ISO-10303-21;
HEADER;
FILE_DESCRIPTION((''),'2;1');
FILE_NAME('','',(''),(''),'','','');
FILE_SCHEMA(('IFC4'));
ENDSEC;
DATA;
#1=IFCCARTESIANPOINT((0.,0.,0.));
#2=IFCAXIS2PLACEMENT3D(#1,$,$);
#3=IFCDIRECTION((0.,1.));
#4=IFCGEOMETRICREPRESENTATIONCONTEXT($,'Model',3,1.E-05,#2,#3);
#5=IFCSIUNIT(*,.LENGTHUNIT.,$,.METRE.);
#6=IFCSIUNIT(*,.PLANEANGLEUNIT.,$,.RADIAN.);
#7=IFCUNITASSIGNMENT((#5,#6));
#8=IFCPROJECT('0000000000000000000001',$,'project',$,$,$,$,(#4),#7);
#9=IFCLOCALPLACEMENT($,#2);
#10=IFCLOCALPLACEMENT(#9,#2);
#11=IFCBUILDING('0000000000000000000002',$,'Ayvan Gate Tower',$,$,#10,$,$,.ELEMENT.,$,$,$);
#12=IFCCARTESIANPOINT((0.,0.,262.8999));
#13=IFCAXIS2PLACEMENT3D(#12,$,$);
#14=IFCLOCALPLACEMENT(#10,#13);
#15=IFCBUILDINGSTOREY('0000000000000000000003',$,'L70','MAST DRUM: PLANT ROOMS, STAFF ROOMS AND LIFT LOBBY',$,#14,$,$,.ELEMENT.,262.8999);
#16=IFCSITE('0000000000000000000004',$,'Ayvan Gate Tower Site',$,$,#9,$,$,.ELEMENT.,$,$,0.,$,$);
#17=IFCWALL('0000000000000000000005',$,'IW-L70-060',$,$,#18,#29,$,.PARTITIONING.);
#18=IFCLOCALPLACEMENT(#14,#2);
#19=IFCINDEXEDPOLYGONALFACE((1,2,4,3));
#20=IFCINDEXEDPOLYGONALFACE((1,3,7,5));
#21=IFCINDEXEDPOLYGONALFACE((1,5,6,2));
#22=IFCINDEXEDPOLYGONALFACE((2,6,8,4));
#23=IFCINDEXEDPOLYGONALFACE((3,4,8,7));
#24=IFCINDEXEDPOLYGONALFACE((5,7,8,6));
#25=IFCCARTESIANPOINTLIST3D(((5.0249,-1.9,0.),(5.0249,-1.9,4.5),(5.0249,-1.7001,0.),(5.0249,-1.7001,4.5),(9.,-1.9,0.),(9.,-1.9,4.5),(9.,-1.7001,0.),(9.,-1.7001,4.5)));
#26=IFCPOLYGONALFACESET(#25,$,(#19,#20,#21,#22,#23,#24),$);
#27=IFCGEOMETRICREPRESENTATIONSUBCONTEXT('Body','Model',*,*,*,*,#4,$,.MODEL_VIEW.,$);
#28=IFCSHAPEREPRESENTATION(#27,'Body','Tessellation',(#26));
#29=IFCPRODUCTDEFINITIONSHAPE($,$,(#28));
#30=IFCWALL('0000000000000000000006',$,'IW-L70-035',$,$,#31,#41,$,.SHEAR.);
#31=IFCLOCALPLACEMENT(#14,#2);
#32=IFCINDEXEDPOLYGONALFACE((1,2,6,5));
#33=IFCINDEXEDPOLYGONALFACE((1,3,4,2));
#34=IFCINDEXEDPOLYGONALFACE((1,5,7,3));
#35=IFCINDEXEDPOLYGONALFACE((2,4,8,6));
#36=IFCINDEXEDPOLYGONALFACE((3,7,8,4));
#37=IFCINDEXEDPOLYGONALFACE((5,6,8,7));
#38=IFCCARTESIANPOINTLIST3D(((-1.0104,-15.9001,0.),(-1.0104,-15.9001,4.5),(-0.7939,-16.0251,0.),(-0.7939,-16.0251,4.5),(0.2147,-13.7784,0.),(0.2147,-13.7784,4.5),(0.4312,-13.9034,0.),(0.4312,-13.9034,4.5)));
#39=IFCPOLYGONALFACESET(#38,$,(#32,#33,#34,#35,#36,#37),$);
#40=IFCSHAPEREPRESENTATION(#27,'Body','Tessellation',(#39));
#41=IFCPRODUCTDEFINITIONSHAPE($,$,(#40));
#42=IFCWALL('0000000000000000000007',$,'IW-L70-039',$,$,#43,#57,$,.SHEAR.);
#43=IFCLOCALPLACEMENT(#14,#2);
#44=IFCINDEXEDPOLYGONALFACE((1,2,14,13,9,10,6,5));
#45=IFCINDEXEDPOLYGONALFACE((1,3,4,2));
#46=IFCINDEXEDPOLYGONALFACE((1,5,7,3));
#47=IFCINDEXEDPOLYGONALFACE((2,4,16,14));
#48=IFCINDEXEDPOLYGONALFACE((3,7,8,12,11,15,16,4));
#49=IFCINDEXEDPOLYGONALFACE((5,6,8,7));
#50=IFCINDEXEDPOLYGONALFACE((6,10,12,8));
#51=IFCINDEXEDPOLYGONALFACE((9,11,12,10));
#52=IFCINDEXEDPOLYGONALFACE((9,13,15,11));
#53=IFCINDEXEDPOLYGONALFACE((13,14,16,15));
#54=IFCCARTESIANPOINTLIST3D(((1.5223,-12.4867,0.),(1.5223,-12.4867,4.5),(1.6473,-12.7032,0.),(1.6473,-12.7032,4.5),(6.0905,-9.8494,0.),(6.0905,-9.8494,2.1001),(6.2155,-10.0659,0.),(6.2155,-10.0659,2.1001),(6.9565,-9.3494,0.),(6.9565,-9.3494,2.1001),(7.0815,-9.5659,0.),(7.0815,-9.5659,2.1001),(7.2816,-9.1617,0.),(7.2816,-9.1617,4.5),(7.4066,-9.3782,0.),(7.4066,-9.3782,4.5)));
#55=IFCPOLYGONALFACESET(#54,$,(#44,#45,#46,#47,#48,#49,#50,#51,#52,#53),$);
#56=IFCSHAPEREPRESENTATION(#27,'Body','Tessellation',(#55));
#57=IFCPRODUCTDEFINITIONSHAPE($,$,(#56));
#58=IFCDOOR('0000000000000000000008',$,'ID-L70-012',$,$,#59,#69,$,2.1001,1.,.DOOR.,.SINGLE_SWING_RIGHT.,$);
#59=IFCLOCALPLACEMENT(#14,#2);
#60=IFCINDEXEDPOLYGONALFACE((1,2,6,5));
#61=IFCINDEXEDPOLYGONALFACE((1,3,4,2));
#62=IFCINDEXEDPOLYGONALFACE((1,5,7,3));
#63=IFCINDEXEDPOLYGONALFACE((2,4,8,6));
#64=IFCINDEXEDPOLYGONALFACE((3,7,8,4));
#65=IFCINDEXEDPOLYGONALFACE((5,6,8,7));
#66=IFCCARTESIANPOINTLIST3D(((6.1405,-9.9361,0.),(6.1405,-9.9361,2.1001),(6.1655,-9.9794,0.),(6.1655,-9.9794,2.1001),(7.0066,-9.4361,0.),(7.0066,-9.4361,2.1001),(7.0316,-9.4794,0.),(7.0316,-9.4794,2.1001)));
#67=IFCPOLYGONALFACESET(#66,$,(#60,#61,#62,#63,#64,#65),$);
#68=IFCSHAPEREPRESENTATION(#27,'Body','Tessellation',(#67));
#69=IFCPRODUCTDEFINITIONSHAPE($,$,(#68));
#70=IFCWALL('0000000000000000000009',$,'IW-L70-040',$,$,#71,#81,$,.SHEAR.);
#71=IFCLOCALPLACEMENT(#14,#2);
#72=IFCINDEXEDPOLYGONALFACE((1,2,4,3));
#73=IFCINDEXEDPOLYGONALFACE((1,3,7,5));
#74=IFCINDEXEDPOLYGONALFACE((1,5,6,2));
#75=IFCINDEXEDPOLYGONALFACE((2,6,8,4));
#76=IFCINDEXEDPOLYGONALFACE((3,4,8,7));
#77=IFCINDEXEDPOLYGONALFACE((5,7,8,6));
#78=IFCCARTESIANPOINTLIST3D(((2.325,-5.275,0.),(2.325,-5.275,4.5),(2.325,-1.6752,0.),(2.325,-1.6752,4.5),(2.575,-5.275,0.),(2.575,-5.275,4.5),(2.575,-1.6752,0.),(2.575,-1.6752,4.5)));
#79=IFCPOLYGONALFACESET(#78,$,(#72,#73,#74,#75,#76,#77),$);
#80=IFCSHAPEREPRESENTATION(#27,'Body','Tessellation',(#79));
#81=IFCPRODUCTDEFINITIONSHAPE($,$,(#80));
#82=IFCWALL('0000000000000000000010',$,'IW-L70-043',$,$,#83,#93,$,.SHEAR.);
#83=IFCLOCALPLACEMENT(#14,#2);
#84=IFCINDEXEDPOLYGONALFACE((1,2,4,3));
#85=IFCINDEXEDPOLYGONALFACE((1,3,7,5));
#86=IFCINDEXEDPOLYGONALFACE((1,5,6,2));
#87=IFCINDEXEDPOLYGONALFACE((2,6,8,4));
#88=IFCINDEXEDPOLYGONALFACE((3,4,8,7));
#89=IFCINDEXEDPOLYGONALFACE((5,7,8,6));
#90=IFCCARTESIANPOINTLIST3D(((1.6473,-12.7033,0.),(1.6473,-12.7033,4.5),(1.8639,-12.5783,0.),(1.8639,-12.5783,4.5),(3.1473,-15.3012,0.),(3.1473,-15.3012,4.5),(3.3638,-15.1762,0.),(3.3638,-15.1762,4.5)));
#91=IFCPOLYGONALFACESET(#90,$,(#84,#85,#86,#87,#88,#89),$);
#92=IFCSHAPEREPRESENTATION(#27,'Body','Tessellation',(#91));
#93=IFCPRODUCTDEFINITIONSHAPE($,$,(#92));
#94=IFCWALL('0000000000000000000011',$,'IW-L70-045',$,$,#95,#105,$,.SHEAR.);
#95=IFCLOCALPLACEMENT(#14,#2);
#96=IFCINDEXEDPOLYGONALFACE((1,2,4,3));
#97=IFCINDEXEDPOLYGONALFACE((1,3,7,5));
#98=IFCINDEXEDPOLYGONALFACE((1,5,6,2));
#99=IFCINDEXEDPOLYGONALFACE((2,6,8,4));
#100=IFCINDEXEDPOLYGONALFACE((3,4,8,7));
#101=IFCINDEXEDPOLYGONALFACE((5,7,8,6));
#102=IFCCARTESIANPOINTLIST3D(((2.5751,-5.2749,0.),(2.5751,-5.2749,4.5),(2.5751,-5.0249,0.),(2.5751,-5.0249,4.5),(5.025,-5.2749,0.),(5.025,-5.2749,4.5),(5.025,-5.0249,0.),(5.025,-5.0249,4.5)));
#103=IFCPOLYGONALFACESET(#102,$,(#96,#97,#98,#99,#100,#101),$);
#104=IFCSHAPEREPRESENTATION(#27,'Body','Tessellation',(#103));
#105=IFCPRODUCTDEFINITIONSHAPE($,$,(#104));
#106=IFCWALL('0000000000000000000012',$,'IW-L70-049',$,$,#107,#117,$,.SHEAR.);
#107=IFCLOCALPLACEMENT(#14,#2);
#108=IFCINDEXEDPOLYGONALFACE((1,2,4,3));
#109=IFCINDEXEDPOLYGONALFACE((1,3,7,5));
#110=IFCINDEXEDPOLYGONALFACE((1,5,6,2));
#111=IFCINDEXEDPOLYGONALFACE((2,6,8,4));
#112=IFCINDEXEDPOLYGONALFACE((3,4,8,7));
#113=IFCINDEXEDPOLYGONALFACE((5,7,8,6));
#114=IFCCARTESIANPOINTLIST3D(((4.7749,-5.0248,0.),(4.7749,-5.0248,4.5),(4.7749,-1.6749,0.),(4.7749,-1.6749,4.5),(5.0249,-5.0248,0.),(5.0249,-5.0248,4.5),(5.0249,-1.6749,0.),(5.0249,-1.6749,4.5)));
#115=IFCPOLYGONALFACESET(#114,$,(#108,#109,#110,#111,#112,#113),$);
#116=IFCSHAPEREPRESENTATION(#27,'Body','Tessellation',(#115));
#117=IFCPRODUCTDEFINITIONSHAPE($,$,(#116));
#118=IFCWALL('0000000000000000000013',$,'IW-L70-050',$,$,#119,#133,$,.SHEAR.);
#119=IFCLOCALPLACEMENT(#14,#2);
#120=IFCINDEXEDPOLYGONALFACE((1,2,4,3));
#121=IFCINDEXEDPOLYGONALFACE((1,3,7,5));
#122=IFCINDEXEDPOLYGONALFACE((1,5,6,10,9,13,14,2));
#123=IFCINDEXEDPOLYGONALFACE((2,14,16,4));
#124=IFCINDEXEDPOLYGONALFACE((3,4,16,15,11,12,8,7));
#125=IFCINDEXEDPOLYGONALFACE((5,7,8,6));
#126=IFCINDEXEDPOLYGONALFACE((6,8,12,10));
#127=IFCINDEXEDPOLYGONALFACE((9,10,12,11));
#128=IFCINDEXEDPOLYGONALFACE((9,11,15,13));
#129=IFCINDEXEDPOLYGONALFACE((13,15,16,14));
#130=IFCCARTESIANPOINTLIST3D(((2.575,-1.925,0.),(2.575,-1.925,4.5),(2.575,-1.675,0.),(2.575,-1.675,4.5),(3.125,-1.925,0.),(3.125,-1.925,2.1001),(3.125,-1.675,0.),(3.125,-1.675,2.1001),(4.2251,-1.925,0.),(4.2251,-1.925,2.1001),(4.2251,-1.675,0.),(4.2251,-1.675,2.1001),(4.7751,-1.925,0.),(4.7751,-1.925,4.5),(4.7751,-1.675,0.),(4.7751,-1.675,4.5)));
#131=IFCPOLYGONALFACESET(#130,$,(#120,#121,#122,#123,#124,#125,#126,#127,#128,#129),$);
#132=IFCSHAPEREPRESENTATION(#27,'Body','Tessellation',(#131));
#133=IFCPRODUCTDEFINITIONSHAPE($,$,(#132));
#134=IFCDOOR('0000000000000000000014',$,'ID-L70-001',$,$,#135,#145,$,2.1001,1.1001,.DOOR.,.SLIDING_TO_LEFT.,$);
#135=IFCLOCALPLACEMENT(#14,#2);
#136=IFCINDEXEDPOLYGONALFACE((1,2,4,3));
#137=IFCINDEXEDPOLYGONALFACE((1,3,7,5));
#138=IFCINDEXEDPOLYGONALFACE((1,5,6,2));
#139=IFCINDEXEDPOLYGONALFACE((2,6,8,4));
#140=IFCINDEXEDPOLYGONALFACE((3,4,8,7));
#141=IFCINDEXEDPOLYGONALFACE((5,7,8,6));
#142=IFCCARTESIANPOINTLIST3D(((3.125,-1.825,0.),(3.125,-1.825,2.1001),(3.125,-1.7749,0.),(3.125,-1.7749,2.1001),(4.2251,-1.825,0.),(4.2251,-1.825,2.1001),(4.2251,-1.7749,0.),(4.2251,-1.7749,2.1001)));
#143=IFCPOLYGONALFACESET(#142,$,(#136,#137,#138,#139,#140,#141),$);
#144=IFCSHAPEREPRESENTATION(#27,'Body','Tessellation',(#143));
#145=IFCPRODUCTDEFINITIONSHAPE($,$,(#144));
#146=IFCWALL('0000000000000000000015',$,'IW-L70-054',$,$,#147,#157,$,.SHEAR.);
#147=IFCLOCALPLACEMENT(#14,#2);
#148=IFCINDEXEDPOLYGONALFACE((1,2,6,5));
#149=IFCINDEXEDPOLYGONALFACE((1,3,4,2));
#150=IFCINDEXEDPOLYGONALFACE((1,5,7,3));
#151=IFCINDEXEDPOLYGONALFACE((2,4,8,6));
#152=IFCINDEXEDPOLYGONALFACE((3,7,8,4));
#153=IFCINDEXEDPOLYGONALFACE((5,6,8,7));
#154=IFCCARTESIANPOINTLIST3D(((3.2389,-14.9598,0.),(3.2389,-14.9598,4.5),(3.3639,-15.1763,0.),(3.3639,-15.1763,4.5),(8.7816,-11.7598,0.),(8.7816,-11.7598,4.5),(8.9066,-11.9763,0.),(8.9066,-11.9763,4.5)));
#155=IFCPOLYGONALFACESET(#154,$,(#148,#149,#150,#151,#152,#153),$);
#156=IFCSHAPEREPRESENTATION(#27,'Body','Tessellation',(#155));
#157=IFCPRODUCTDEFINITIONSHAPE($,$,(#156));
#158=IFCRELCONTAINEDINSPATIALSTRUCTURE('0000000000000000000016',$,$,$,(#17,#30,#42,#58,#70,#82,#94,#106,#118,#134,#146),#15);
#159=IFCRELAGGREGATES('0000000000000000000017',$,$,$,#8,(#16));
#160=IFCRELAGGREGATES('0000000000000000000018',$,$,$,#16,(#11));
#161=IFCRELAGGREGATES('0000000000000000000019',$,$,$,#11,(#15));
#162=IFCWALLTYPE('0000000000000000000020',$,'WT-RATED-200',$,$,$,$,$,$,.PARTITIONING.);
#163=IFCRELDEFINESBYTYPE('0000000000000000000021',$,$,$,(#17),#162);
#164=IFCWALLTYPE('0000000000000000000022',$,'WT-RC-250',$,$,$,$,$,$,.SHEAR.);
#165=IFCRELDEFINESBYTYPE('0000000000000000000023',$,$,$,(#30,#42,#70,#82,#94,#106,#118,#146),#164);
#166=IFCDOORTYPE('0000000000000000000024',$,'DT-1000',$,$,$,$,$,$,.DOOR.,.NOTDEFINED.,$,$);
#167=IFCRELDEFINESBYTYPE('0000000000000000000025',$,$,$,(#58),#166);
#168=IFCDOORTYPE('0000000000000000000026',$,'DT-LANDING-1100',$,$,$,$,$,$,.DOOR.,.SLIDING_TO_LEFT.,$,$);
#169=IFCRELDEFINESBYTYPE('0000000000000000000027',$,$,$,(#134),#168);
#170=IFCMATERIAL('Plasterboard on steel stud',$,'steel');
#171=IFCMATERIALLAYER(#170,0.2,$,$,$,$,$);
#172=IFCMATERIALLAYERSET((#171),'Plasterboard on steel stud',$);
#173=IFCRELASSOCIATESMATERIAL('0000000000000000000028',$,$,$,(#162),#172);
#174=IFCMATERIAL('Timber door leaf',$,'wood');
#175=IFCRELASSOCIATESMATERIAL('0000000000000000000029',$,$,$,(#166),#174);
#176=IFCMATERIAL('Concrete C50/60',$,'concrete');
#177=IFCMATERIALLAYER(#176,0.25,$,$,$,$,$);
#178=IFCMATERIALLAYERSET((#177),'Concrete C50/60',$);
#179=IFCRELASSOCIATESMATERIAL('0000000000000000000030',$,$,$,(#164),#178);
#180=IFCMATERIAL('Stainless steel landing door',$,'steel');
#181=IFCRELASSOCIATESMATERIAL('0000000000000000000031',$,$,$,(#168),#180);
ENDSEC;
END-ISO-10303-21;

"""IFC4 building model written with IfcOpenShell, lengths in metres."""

from ifc_helpers import new_model, si_unit, direction, frame, frame_2d, origin, place, context, subcontext, project, spatial, rectangle, extrude, material, layer, layer_set, type_object, element, fill, save


model = new_model("IFC4")

# Units and contexts
model_context = context("Model", 3, precision=1e-05, world=origin(), true_north=direction((0.0, 1.0)))
body_context = subcontext(model_context, "Body", "Model", "MODEL_VIEW")
ifc_project = project(units=[si_unit("LENGTHUNIT", "METRE"), si_unit("PLANEANGLEUNIT", "RADIAN")], contexts=[model_context])

# Site, building, storey
site_placement = place(None, origin())
site = spatial("IfcSite", under=ifc_project, at=site_placement, Name="Ayvan Gate Tower Site", CompositionType="ELEMENT", RefElevation=0.0)
building_placement = place(site_placement, origin())
building = spatial("IfcBuilding", under=site, at=building_placement, Name="Ayvan Gate Tower", CompositionType="ELEMENT")
storey_placement = place(building_placement, frame((0.0, 0.0, 262.8999)))
storey = spatial("IfcBuildingStorey", under=building, at=storey_placement, Name="L70", Description="MAST DRUM: PLANT ROOMS, STAFF ROOMS AND LIFT LOBBY", CompositionType="ELEMENT", Elevation=262.8999)

# Shared definitions
ifc_material_1 = material(Name="Timber door leaf", Category="wood")

# Shared definitions
ifc_material_2 = material(Name="Plasterboard on steel stud", Category="steel")
ifc_layer_1 = layer(ifc_material_2, 0.2)
ifc_layer_set_1 = layer_set([ifc_layer_1], Name="Plasterboard on steel stud")
wall_type_1 = type_object("IfcWallType", Name="WT-RATED-200", PredefinedType="PARTITIONING", material=ifc_layer_set_1)

# Shared definitions
door_type_1 = type_object("IfcDoorType", Name="DT-1000", OperationType="NOTDEFINED", PredefinedType="DOOR", material=ifc_material_1)

# Walls
wall_1_placement = place(storey_placement, frame((9.0, -1.8, 0.0), z_axis=(0.0, 0.0, 1.0), x_axis=(-1.0, 0.0, 0.0)))
element("IfcWall", 1, at=wall_1_placement, inside=storey, type_object=wall_type_1, Name="IW-L70-060", PredefinedType="PARTITIONING", context=body_context, shape_type="SweptSolid", body=[
    extrude(rectangle(XDim=3.9751, YDim=0.2, at=frame_2d((1.9875, 0.0))), origin(), (0.0, 0.0, 1.0), 4.5),
])
ifc_material_3 = material(Name="Concrete C50/60", Category="concrete")
ifc_layer_2 = layer(ifc_material_3, 0.25)
ifc_layer_set_2 = layer_set([ifc_layer_2], Name="Concrete C50/60")
wall_type_2 = type_object("IfcWallType", Name="WT-RC-250", PredefinedType="SHEAR", material=ifc_layer_set_2)
wall_2_placement = place(storey_placement, frame((0.323, -13.8408, 0.0), z_axis=(0.0, 0.0, 1.0), x_axis=(-0.500062, -0.86599, 0.0)))
element("IfcWall", 2, at=wall_2_placement, inside=storey, type_object=wall_type_2, Name="IW-L70-035", PredefinedType="SHEAR", context=body_context, shape_type="SweptSolid", body=[
    extrude(rectangle(XDim=2.45, YDim=0.25, at=frame_2d((1.2251, 0.0))), origin(), (0.0, 0.0, 1.0), 4.5),
])

# Wall, opening, door
wall_3_placement = place(storey_placement, frame((1.5847, -12.595, 0.0), z_axis=(0.0, 0.0, 1.0), x_axis=(0.866036, 0.499981, 0.0)))
wall_3 = element("IfcWall", 3, at=wall_3_placement, inside=storey, type_object=wall_type_2, Name="IW-L70-039", PredefinedType="SHEAR", context=body_context, shape_type="SweptSolid", body=[
    extrude(rectangle(XDim=6.6501, YDim=0.25, at=frame_2d((3.3252, 0.0))), origin(), (0.0, 0.0, 1.0), 4.5),
])
opening_1_placement = place(wall_3_placement, frame((5.2749, 0.0, 0.0)))
opening_1 = element("IfcOpeningElement", 4, at=opening_1_placement, cuts=wall_3, PredefinedType="OPENING", context=body_context, shape_type="SweptSolid", body=[
    extrude(rectangle(XDim=1.0, YDim=2.1001, at=frame_2d((0.5, 1.05))), frame((0.0, 0.135, 0.0), z_axis=(0.0, -1.0, 0.0), x_axis=(1.0, 0.0, 0.0)), (0.0, 0.0, 1.0), 0.27),
])
door_1_placement = place(opening_1_placement, origin())
door_1 = element("IfcDoor", 5, at=door_1_placement, inside=storey, type_object=door_type_1, Name="ID-L70-012", OperationType="SINGLE_SWING_RIGHT", OverallHeight=2.1001, OverallWidth=1.0, PredefinedType="DOOR", context=body_context, shape_type="SweptSolid", body=[
    extrude(rectangle(XDim=1.0, YDim=2.1001, at=frame_2d((0.5, 1.05))), frame((0.0, 0.0249, 0.0), z_axis=(0.0, -1.0, 0.0), x_axis=(1.0, 0.0, 0.0)), (0.0, 0.0, 1.0), 0.05),
])
fill(opening_1, door_1)

# Walls
wall_4_placement = place(storey_placement, frame((2.45, -5.2749, 0.0), z_axis=(0.0, 0.0, 1.0), x_axis=(0.0, 1.0, 0.0)))
element("IfcWall", 6, at=wall_4_placement, inside=storey, type_object=wall_type_2, Name="IW-L70-040", PredefinedType="SHEAR", context=body_context, shape_type="SweptSolid", body=[
    extrude(rectangle(XDim=3.5999, YDim=0.25, at=frame_2d((1.7998, 0.0))), origin(), (0.0, 0.0, 1.0), 4.5),
])
wall_5_placement = place(storey_placement, frame((3.2556, -15.2388, 0.0), z_axis=(0.0, 0.0, 1.0), x_axis=(-0.500025, 0.866011, 0.0)))
element("IfcWall", 7, at=wall_5_placement, inside=storey, type_object=wall_type_2, Name="IW-L70-043", PredefinedType="SHEAR", context=body_context, shape_type="SweptSolid", body=[
    extrude(rectangle(XDim=2.9998, YDim=0.25, at=frame_2d((1.5, 0.0))), origin(), (0.0, 0.0, 1.0), 4.5),
])
wall_6_placement = place(storey_placement, frame((2.575, -5.1499, 0.0), z_axis=(0.0, 0.0, 1.0), x_axis=(1.0, 0.0, 0.0)))
element("IfcWall", 8, at=wall_6_placement, inside=storey, type_object=wall_type_2, Name="IW-L70-045", PredefinedType="SHEAR", context=body_context, shape_type="SweptSolid", body=[
    extrude(rectangle(XDim=2.45, YDim=0.25, at=frame_2d((1.2251, 0.0))), origin(), (0.0, 0.0, 1.0), 4.5),
])
wall_7_placement = place(storey_placement, frame((4.8999, -1.675, 0.0), z_axis=(0.0, 0.0, 1.0), x_axis=(0.0, -1.0, 0.0)))
element("IfcWall", 9, at=wall_7_placement, inside=storey, type_object=wall_type_2, Name="IW-L70-049", PredefinedType="SHEAR", context=body_context, shape_type="SweptSolid", body=[
    extrude(rectangle(XDim=3.3499, YDim=0.25, at=frame_2d((1.6748, 0.0))), origin(), (0.0, 0.0, 1.0), 4.5),
])

# Wall, opening, door
wall_8_placement = place(storey_placement, frame((4.7751, -1.8, 0.0), z_axis=(0.0, 0.0, 1.0), x_axis=(-1.0, 0.0, 0.0)))
wall_8 = element("IfcWall", 10, at=wall_8_placement, inside=storey, type_object=wall_type_2, Name="IW-L70-050", PredefinedType="SHEAR", context=body_context, shape_type="SweptSolid", body=[
    extrude(rectangle(XDim=2.2002, YDim=0.25, at=frame_2d((1.1001, 0.0))), origin(), (0.0, 0.0, 1.0), 4.5),
])
opening_2_placement = place(wall_8_placement, frame((0.55, 0.0, 0.0)))
opening_2 = element("IfcOpeningElement", 11, at=opening_2_placement, cuts=wall_8, PredefinedType="OPENING", context=body_context, shape_type="SweptSolid", body=[
    extrude(rectangle(XDim=1.1001, YDim=2.1001, at=frame_2d((0.55, 1.05))), frame((0.0, 0.135, 0.0), z_axis=(0.0, -1.0, 0.0), x_axis=(1.0, 0.0, 0.0)), (0.0, 0.0, 1.0), 0.27),
])
ifc_material_4 = material(Name="Stainless steel landing door", Category="steel")
door_type_2 = type_object("IfcDoorType", Name="DT-LANDING-1100", OperationType="SLIDING_TO_LEFT", PredefinedType="DOOR", material=ifc_material_4)
door_2_placement = place(opening_2_placement, origin())
door_2 = element("IfcDoor", 12, at=door_2_placement, inside=storey, type_object=door_type_2, Name="ID-L70-001", OperationType="SLIDING_TO_LEFT", OverallHeight=2.1001, OverallWidth=1.1001, PredefinedType="DOOR", context=body_context, shape_type="SweptSolid", body=[
    extrude(rectangle(XDim=1.1001, YDim=2.1001, at=frame_2d((0.55, 1.05))), frame((0.0, 0.0249, 0.0), z_axis=(0.0, -1.0, 0.0), x_axis=(1.0, 0.0, 0.0)), (0.0, 0.0, 1.0), 0.05),
])
fill(opening_2, door_2)

# Wall
wall_9_placement = place(storey_placement, frame((3.3013, -15.0681, 0.0), z_axis=(0.0, 0.0, 1.0), x_axis=(0.866035, 0.499983, 0.0)))
element("IfcWall", 13, at=wall_9_placement, inside=storey, type_object=wall_type_2, Name="IW-L70-054", PredefinedType="SHEAR", context=body_context, shape_type="SweptSolid", body=[
    extrude(rectangle(XDim=6.4001, YDim=0.25, at=frame_2d((3.2002, 0.0))), origin(), (0.0, 0.0, 1.0), 4.5),
])

save(model, "model.ifc")
